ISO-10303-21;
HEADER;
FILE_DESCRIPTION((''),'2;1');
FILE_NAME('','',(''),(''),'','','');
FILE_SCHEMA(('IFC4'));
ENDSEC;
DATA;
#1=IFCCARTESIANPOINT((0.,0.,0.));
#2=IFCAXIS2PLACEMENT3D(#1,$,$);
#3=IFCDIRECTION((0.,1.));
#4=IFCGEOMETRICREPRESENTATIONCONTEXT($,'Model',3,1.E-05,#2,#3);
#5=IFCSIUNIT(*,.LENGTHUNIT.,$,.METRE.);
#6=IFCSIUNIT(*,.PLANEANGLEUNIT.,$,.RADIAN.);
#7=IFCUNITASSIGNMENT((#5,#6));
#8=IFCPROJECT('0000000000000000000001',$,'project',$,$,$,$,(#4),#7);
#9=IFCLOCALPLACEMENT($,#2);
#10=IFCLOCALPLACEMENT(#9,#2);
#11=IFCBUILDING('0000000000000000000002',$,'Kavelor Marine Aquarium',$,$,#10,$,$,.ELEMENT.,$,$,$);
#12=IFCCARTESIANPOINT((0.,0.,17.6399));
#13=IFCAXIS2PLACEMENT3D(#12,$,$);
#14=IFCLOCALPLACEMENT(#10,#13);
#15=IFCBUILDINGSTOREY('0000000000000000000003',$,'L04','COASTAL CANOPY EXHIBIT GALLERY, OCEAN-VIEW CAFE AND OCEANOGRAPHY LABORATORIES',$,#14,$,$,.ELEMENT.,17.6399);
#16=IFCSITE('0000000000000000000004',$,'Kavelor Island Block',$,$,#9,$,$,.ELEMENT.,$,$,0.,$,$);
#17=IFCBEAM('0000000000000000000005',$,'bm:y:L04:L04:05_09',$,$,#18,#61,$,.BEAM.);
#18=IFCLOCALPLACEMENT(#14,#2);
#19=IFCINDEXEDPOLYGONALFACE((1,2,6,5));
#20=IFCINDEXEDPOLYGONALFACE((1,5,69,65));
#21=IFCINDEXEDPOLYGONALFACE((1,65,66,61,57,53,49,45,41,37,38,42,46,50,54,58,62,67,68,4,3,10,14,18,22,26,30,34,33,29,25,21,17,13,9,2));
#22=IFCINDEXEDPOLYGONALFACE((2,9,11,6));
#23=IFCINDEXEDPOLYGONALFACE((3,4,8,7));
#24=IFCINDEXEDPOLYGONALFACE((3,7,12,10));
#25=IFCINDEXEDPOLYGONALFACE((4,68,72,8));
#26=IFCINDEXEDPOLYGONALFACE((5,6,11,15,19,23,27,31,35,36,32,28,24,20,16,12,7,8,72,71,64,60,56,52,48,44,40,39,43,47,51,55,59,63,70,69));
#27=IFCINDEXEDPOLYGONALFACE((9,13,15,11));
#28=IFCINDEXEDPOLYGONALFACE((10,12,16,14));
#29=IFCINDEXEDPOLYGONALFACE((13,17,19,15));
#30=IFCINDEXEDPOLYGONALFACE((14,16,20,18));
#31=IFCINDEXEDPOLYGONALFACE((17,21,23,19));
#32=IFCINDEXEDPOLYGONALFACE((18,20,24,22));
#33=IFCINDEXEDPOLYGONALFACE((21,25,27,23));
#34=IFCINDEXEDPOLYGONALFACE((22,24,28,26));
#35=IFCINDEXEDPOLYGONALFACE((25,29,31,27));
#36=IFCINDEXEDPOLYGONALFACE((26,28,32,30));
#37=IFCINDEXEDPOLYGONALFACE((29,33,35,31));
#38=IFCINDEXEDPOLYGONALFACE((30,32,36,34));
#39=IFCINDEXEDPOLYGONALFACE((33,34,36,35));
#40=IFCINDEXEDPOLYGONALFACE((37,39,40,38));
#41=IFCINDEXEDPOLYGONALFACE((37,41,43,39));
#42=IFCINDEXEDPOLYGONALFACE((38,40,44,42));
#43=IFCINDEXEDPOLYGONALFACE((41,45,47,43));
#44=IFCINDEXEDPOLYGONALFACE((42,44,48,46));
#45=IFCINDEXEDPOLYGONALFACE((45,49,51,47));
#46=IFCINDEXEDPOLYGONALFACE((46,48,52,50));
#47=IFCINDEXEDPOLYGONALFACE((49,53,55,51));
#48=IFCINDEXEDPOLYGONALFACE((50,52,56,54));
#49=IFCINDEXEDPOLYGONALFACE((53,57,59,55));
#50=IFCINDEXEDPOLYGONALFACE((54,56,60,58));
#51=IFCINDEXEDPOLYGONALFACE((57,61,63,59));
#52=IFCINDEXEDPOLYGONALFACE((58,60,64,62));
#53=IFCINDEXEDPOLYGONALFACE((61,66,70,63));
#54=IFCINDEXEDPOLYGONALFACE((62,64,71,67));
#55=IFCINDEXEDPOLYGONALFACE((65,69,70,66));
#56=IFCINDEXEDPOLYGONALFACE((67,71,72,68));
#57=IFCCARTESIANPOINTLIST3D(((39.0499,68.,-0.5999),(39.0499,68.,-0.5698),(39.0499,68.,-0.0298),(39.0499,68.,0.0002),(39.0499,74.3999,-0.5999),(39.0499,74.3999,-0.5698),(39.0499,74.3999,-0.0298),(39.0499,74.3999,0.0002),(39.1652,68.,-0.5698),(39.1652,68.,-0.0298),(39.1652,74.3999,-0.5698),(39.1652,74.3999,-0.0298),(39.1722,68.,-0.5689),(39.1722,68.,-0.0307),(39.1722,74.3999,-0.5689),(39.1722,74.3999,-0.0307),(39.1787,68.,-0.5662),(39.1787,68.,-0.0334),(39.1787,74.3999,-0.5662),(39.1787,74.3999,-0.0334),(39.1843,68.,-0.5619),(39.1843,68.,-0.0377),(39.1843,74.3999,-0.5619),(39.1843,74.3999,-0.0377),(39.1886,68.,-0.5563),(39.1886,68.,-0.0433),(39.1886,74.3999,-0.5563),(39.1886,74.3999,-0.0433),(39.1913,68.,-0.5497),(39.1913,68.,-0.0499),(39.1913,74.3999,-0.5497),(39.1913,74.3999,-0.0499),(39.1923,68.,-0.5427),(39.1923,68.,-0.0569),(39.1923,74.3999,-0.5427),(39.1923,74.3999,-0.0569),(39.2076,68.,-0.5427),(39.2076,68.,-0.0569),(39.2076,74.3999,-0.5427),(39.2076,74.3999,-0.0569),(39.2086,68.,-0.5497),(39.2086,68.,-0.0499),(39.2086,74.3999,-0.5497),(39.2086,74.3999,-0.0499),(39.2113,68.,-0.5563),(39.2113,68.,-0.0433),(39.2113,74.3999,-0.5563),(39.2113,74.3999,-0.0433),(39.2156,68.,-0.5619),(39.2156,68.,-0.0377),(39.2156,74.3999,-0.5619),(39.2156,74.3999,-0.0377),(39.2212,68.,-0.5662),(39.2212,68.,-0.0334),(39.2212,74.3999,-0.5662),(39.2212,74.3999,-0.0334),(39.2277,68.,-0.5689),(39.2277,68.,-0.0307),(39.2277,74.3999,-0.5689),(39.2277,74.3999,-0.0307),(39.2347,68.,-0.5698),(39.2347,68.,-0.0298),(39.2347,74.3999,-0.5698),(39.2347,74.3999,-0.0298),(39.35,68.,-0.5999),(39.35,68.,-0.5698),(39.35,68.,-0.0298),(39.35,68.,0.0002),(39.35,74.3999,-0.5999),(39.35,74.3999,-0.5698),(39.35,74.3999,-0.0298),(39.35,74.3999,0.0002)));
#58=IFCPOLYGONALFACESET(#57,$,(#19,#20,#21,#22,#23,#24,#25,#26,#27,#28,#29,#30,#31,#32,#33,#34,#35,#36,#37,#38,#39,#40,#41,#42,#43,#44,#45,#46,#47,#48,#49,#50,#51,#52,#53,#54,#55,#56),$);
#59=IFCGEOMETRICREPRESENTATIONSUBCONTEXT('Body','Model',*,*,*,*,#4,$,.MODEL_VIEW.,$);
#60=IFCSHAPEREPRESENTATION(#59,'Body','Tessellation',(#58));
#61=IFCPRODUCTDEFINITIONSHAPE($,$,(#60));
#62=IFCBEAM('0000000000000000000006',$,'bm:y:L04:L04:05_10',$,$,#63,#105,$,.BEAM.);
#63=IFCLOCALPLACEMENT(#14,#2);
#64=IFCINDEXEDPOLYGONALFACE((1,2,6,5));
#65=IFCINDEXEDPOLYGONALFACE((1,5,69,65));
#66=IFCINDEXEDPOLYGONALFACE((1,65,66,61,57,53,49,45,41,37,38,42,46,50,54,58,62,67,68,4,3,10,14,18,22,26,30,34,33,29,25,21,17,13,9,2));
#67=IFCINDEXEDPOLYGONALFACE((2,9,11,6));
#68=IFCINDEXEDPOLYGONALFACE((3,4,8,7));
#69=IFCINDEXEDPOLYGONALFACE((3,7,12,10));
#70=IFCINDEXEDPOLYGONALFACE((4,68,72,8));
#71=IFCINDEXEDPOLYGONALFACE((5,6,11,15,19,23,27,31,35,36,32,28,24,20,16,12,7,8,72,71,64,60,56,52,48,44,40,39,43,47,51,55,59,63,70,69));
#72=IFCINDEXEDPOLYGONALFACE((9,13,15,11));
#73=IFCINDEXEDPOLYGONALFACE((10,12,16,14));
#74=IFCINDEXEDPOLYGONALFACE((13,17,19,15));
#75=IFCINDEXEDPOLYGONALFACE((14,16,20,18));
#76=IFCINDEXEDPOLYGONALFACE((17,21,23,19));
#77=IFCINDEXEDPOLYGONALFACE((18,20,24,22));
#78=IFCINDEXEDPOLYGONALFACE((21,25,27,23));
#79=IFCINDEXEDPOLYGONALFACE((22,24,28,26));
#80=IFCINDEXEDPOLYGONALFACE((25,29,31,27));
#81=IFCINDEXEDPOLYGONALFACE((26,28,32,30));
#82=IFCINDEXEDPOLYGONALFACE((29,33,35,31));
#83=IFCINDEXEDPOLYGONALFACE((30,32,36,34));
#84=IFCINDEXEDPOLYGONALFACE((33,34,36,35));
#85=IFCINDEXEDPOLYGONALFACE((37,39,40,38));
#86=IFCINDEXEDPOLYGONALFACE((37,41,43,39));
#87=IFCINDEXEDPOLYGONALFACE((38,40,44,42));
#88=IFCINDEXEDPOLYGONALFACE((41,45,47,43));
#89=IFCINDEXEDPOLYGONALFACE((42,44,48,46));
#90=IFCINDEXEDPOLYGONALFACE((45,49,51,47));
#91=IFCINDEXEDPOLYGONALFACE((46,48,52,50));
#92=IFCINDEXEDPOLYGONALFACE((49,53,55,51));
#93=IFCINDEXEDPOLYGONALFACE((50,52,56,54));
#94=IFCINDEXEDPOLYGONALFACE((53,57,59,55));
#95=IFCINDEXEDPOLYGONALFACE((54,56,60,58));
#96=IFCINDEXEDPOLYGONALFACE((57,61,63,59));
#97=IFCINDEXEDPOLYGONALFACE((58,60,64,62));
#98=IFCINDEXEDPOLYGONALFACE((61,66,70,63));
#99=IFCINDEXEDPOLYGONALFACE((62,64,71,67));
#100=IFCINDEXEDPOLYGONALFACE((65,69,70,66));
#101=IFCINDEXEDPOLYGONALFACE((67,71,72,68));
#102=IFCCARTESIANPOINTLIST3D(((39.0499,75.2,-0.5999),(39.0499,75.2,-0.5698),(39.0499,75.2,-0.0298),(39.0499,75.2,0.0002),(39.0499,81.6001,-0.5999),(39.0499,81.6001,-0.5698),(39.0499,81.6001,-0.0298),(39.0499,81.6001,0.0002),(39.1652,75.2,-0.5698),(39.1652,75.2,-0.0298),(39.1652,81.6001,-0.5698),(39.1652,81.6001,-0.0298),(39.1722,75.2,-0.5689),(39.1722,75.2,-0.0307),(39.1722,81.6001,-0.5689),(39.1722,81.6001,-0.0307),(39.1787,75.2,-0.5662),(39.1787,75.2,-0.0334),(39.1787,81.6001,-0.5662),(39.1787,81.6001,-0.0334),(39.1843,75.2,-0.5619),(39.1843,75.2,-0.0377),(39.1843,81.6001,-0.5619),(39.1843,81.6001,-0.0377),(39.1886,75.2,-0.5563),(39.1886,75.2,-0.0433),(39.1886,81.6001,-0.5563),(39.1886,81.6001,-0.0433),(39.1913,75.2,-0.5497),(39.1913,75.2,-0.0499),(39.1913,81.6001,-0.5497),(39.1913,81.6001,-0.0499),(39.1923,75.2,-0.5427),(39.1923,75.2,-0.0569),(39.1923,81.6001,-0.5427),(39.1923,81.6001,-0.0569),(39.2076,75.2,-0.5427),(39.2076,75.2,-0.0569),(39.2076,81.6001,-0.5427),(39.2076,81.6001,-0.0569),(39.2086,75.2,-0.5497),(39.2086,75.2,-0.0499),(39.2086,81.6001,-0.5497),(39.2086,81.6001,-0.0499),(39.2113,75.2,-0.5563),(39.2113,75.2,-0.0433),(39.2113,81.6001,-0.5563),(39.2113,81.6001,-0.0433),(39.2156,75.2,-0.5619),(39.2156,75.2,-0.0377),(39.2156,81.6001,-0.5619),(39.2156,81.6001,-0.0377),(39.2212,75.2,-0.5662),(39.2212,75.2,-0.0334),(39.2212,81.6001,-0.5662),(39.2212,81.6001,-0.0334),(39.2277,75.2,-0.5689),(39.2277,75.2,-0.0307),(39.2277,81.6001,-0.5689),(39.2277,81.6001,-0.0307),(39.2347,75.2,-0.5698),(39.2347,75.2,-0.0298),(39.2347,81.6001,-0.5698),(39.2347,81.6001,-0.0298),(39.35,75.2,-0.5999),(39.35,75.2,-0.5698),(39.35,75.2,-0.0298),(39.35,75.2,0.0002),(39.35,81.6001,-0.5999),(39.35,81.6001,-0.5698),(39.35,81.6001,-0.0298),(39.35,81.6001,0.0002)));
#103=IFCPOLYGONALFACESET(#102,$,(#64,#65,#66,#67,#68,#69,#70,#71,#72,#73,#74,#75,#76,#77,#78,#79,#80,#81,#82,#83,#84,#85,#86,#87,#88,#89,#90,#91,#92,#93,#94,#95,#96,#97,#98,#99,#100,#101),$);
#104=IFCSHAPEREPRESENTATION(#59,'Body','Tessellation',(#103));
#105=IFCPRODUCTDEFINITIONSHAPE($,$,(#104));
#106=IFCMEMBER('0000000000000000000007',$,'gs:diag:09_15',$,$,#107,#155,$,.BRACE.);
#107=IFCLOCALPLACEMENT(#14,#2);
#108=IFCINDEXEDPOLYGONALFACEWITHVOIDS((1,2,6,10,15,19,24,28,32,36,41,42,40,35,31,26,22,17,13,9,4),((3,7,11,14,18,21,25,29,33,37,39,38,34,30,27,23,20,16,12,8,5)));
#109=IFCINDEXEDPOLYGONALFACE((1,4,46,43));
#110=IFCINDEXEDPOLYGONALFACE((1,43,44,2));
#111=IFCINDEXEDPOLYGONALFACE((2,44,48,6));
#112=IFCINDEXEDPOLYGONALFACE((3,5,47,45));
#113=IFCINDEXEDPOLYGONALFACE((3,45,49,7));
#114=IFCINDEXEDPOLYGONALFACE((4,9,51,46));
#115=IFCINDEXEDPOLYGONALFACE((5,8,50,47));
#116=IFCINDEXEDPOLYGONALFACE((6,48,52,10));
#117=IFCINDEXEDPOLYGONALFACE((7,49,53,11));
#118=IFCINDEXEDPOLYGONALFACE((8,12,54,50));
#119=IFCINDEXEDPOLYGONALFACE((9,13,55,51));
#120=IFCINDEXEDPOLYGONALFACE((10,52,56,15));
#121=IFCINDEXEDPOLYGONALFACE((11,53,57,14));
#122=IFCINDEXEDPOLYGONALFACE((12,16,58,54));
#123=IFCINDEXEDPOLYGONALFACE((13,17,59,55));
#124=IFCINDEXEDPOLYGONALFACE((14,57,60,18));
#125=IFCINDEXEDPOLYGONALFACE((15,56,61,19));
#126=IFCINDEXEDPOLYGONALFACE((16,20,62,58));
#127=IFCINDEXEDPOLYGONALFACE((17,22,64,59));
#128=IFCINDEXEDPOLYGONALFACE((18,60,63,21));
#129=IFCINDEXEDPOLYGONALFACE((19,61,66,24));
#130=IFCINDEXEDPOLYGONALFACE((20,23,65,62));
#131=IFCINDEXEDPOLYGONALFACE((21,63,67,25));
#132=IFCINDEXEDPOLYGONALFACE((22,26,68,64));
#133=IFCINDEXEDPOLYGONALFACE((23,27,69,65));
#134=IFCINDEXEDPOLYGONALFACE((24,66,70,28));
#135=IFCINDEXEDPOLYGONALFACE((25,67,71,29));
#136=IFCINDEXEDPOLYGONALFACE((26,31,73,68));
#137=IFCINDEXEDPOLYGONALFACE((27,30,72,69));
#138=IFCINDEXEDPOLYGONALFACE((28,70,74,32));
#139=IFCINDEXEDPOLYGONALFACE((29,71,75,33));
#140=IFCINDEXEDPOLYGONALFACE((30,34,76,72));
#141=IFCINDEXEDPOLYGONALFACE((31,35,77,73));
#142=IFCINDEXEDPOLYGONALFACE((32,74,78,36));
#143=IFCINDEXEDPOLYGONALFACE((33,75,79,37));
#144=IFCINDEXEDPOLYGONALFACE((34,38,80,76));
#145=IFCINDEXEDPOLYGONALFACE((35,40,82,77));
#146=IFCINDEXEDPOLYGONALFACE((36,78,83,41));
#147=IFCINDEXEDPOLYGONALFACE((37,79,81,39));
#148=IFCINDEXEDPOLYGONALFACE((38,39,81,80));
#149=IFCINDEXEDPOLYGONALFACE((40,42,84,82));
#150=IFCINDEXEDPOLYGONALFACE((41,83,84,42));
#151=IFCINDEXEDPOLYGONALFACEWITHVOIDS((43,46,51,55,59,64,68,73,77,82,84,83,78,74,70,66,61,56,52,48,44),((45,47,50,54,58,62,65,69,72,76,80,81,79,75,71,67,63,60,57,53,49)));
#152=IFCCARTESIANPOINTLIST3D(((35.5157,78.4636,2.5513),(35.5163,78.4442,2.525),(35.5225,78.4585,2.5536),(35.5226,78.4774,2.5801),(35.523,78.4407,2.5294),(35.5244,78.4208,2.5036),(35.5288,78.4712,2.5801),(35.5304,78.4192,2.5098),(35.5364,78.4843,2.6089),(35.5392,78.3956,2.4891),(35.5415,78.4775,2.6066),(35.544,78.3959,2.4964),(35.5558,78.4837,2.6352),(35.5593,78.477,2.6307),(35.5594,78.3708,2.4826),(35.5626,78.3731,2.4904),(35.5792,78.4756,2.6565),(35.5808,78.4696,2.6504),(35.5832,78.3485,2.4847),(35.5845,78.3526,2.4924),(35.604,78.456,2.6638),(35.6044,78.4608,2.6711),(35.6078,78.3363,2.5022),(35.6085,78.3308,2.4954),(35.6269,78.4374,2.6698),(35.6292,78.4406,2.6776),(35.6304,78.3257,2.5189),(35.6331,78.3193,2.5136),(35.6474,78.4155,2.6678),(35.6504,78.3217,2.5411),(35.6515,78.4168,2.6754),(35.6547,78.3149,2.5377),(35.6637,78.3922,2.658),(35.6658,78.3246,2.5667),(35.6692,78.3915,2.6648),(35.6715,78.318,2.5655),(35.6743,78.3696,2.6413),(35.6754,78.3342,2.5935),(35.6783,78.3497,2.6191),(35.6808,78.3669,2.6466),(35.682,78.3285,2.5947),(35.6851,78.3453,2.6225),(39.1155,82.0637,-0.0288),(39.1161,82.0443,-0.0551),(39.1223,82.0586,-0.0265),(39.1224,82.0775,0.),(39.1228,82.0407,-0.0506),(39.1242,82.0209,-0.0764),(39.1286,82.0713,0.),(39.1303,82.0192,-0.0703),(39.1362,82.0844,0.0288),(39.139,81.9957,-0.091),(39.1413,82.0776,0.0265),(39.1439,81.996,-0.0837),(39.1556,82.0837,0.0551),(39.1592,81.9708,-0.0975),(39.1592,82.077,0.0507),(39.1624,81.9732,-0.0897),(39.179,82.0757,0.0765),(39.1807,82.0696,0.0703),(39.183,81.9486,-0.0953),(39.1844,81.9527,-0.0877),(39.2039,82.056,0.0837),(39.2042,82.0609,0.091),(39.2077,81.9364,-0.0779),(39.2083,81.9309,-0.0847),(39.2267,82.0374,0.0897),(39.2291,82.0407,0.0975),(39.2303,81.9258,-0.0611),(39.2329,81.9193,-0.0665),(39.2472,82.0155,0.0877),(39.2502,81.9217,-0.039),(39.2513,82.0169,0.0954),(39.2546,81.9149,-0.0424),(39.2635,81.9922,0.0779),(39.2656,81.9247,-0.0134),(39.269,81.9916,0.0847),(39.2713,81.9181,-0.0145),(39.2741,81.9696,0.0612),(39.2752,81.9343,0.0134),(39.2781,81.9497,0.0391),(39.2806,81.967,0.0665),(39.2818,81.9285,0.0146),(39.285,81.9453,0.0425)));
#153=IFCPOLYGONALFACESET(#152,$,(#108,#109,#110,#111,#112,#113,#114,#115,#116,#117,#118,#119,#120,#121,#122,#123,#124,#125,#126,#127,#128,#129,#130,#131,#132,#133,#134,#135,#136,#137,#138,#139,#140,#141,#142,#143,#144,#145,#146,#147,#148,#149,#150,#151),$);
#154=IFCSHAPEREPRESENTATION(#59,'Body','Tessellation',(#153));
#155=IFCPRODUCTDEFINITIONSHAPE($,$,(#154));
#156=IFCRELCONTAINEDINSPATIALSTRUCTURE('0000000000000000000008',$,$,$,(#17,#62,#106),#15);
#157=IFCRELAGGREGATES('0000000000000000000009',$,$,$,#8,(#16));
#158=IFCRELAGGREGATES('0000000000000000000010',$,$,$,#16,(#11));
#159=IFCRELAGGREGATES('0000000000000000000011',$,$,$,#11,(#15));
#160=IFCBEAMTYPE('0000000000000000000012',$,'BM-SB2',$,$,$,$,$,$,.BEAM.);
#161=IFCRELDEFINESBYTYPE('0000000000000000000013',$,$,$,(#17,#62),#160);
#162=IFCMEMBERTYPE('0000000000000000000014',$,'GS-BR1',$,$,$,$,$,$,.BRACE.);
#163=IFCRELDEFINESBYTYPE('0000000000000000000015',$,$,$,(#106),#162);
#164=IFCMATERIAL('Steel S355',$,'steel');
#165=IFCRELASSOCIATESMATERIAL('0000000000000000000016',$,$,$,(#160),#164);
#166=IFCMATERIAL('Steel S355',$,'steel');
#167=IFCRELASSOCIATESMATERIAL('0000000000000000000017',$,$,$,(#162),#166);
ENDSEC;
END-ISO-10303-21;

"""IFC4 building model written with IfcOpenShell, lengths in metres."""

from ifc_helpers import new_model, si_unit, direction, frame, origin, origin_2d, place, context, subcontext, project, spatial, hollow_circle, i_section, extrude, material, material_profile, profile_set, type_object, element, save


model = new_model("IFC4")

# Units and contexts
model_context = context("Model", 3, precision=1e-05, world=origin(), true_north=direction((0.0, 1.0)))
body_context = subcontext(model_context, "Body", "Model", "MODEL_VIEW")
ifc_project = project(units=[si_unit("LENGTHUNIT", "METRE"), si_unit("PLANEANGLEUNIT", "RADIAN")], contexts=[model_context])

# Site, building, storey
site_placement = place(None, origin())
site = spatial("IfcSite", under=ifc_project, at=site_placement, Name="Kavelor Island Block", CompositionType="ELEMENT", RefElevation=0.0)
building_placement = place(site_placement, origin())
building = spatial("IfcBuilding", under=site, at=building_placement, Name="Kavelor Marine Aquarium", CompositionType="ELEMENT")
storey_placement = place(building_placement, frame((0.0, 0.0, 17.6399)))
storey = spatial("IfcBuildingStorey", under=building, at=storey_placement, Name="L04", Description="COASTAL CANOPY EXHIBIT GALLERY, OCEAN-VIEW CAFE AND OCEANOGRAPHY LABORATORIES", CompositionType="ELEMENT", Elevation=17.6399)

# Beams
ifc_material_1 = material(Name="Steel S355", Category="steel")
ifc_material_profile_1 = material_profile(ifc_material_1, i_section(OverallWidth=0.3, OverallDepth=0.6001, WebThickness=0.0154, FlangeThickness=0.03, FilletRadius=0.0271, at=origin_2d()), Name="HEB 600")
ifc_profile_set_1 = profile_set([ifc_material_profile_1], Name="Steel S355")
beam_type = type_object("IfcBeamType", Name="BM-SB2", PredefinedType="BEAM", material=ifc_profile_set_1)
beam_1_placement = place(storey_placement, frame((39.2, 68.0, -0.2998), z_axis=(0.0, 1.0, 0.0), x_axis=(-1.0, 0.0, 0.0)))
element("IfcBeam", 1, at=beam_1_placement, inside=storey, type_object=beam_type, Name="bm:y:L04:L04:05_09", PredefinedType="BEAM", context=body_context, shape_type="SweptSolid", body=[
    extrude(i_section(OverallWidth=0.3, OverallDepth=0.6001, WebThickness=0.0154, FlangeThickness=0.03, FilletRadius=0.0271, at=origin_2d()), origin(), (0.0, 0.0, 1.0), 6.3999),
])
beam_2_placement = place(storey_placement, frame((39.2, 75.2, -0.2998), z_axis=(0.0, 1.0, 0.0), x_axis=(-1.0, 0.0, 0.0)))
element("IfcBeam", 2, at=beam_2_placement, inside=storey, type_object=beam_type, Name="bm:y:L04:L04:05_10", PredefinedType="BEAM", context=body_context, shape_type="SweptSolid", body=[
    extrude(i_section(OverallWidth=0.3, OverallDepth=0.6001, WebThickness=0.0154, FlangeThickness=0.03, FilletRadius=0.0271, at=origin_2d()), origin(), (0.0, 0.0, 1.0), 6.4001),
])

# Member
ifc_material_2 = material(Name="Steel S355", Category="steel")
ifc_material_profile_2 = material_profile(ifc_material_2, hollow_circle(Radius=0.1096, WallThickness=0.0088, at=origin_2d()), Name="CHS 219.1x8.8")
ifc_profile_set_2 = profile_set([ifc_material_profile_2], Name="Steel S355")
member_type_1 = type_object("IfcMemberType", Name="GS-BR1", PredefinedType="BRACE", material=ifc_profile_set_2)
member_1_placement = place(storey_placement, frame((35.6001, 78.3999, 2.5801), z_axis=(0.630715, 0.630757, -0.452044), x_axis=(-0.707131, 0.707083, 0.0)))
element("IfcMember", 3, at=member_1_placement, inside=storey, type_object=member_type_1, Name="gs:diag:09_15", PredefinedType="BRACE", context=body_context, shape_type="SweptSolid", body=[
    extrude(hollow_circle(Radius=0.1096, WallThickness=0.0088, at=origin_2d()), origin(), (0.0, 0.0, 1.0), 5.7075),
])

save(model, "model.ifc")
